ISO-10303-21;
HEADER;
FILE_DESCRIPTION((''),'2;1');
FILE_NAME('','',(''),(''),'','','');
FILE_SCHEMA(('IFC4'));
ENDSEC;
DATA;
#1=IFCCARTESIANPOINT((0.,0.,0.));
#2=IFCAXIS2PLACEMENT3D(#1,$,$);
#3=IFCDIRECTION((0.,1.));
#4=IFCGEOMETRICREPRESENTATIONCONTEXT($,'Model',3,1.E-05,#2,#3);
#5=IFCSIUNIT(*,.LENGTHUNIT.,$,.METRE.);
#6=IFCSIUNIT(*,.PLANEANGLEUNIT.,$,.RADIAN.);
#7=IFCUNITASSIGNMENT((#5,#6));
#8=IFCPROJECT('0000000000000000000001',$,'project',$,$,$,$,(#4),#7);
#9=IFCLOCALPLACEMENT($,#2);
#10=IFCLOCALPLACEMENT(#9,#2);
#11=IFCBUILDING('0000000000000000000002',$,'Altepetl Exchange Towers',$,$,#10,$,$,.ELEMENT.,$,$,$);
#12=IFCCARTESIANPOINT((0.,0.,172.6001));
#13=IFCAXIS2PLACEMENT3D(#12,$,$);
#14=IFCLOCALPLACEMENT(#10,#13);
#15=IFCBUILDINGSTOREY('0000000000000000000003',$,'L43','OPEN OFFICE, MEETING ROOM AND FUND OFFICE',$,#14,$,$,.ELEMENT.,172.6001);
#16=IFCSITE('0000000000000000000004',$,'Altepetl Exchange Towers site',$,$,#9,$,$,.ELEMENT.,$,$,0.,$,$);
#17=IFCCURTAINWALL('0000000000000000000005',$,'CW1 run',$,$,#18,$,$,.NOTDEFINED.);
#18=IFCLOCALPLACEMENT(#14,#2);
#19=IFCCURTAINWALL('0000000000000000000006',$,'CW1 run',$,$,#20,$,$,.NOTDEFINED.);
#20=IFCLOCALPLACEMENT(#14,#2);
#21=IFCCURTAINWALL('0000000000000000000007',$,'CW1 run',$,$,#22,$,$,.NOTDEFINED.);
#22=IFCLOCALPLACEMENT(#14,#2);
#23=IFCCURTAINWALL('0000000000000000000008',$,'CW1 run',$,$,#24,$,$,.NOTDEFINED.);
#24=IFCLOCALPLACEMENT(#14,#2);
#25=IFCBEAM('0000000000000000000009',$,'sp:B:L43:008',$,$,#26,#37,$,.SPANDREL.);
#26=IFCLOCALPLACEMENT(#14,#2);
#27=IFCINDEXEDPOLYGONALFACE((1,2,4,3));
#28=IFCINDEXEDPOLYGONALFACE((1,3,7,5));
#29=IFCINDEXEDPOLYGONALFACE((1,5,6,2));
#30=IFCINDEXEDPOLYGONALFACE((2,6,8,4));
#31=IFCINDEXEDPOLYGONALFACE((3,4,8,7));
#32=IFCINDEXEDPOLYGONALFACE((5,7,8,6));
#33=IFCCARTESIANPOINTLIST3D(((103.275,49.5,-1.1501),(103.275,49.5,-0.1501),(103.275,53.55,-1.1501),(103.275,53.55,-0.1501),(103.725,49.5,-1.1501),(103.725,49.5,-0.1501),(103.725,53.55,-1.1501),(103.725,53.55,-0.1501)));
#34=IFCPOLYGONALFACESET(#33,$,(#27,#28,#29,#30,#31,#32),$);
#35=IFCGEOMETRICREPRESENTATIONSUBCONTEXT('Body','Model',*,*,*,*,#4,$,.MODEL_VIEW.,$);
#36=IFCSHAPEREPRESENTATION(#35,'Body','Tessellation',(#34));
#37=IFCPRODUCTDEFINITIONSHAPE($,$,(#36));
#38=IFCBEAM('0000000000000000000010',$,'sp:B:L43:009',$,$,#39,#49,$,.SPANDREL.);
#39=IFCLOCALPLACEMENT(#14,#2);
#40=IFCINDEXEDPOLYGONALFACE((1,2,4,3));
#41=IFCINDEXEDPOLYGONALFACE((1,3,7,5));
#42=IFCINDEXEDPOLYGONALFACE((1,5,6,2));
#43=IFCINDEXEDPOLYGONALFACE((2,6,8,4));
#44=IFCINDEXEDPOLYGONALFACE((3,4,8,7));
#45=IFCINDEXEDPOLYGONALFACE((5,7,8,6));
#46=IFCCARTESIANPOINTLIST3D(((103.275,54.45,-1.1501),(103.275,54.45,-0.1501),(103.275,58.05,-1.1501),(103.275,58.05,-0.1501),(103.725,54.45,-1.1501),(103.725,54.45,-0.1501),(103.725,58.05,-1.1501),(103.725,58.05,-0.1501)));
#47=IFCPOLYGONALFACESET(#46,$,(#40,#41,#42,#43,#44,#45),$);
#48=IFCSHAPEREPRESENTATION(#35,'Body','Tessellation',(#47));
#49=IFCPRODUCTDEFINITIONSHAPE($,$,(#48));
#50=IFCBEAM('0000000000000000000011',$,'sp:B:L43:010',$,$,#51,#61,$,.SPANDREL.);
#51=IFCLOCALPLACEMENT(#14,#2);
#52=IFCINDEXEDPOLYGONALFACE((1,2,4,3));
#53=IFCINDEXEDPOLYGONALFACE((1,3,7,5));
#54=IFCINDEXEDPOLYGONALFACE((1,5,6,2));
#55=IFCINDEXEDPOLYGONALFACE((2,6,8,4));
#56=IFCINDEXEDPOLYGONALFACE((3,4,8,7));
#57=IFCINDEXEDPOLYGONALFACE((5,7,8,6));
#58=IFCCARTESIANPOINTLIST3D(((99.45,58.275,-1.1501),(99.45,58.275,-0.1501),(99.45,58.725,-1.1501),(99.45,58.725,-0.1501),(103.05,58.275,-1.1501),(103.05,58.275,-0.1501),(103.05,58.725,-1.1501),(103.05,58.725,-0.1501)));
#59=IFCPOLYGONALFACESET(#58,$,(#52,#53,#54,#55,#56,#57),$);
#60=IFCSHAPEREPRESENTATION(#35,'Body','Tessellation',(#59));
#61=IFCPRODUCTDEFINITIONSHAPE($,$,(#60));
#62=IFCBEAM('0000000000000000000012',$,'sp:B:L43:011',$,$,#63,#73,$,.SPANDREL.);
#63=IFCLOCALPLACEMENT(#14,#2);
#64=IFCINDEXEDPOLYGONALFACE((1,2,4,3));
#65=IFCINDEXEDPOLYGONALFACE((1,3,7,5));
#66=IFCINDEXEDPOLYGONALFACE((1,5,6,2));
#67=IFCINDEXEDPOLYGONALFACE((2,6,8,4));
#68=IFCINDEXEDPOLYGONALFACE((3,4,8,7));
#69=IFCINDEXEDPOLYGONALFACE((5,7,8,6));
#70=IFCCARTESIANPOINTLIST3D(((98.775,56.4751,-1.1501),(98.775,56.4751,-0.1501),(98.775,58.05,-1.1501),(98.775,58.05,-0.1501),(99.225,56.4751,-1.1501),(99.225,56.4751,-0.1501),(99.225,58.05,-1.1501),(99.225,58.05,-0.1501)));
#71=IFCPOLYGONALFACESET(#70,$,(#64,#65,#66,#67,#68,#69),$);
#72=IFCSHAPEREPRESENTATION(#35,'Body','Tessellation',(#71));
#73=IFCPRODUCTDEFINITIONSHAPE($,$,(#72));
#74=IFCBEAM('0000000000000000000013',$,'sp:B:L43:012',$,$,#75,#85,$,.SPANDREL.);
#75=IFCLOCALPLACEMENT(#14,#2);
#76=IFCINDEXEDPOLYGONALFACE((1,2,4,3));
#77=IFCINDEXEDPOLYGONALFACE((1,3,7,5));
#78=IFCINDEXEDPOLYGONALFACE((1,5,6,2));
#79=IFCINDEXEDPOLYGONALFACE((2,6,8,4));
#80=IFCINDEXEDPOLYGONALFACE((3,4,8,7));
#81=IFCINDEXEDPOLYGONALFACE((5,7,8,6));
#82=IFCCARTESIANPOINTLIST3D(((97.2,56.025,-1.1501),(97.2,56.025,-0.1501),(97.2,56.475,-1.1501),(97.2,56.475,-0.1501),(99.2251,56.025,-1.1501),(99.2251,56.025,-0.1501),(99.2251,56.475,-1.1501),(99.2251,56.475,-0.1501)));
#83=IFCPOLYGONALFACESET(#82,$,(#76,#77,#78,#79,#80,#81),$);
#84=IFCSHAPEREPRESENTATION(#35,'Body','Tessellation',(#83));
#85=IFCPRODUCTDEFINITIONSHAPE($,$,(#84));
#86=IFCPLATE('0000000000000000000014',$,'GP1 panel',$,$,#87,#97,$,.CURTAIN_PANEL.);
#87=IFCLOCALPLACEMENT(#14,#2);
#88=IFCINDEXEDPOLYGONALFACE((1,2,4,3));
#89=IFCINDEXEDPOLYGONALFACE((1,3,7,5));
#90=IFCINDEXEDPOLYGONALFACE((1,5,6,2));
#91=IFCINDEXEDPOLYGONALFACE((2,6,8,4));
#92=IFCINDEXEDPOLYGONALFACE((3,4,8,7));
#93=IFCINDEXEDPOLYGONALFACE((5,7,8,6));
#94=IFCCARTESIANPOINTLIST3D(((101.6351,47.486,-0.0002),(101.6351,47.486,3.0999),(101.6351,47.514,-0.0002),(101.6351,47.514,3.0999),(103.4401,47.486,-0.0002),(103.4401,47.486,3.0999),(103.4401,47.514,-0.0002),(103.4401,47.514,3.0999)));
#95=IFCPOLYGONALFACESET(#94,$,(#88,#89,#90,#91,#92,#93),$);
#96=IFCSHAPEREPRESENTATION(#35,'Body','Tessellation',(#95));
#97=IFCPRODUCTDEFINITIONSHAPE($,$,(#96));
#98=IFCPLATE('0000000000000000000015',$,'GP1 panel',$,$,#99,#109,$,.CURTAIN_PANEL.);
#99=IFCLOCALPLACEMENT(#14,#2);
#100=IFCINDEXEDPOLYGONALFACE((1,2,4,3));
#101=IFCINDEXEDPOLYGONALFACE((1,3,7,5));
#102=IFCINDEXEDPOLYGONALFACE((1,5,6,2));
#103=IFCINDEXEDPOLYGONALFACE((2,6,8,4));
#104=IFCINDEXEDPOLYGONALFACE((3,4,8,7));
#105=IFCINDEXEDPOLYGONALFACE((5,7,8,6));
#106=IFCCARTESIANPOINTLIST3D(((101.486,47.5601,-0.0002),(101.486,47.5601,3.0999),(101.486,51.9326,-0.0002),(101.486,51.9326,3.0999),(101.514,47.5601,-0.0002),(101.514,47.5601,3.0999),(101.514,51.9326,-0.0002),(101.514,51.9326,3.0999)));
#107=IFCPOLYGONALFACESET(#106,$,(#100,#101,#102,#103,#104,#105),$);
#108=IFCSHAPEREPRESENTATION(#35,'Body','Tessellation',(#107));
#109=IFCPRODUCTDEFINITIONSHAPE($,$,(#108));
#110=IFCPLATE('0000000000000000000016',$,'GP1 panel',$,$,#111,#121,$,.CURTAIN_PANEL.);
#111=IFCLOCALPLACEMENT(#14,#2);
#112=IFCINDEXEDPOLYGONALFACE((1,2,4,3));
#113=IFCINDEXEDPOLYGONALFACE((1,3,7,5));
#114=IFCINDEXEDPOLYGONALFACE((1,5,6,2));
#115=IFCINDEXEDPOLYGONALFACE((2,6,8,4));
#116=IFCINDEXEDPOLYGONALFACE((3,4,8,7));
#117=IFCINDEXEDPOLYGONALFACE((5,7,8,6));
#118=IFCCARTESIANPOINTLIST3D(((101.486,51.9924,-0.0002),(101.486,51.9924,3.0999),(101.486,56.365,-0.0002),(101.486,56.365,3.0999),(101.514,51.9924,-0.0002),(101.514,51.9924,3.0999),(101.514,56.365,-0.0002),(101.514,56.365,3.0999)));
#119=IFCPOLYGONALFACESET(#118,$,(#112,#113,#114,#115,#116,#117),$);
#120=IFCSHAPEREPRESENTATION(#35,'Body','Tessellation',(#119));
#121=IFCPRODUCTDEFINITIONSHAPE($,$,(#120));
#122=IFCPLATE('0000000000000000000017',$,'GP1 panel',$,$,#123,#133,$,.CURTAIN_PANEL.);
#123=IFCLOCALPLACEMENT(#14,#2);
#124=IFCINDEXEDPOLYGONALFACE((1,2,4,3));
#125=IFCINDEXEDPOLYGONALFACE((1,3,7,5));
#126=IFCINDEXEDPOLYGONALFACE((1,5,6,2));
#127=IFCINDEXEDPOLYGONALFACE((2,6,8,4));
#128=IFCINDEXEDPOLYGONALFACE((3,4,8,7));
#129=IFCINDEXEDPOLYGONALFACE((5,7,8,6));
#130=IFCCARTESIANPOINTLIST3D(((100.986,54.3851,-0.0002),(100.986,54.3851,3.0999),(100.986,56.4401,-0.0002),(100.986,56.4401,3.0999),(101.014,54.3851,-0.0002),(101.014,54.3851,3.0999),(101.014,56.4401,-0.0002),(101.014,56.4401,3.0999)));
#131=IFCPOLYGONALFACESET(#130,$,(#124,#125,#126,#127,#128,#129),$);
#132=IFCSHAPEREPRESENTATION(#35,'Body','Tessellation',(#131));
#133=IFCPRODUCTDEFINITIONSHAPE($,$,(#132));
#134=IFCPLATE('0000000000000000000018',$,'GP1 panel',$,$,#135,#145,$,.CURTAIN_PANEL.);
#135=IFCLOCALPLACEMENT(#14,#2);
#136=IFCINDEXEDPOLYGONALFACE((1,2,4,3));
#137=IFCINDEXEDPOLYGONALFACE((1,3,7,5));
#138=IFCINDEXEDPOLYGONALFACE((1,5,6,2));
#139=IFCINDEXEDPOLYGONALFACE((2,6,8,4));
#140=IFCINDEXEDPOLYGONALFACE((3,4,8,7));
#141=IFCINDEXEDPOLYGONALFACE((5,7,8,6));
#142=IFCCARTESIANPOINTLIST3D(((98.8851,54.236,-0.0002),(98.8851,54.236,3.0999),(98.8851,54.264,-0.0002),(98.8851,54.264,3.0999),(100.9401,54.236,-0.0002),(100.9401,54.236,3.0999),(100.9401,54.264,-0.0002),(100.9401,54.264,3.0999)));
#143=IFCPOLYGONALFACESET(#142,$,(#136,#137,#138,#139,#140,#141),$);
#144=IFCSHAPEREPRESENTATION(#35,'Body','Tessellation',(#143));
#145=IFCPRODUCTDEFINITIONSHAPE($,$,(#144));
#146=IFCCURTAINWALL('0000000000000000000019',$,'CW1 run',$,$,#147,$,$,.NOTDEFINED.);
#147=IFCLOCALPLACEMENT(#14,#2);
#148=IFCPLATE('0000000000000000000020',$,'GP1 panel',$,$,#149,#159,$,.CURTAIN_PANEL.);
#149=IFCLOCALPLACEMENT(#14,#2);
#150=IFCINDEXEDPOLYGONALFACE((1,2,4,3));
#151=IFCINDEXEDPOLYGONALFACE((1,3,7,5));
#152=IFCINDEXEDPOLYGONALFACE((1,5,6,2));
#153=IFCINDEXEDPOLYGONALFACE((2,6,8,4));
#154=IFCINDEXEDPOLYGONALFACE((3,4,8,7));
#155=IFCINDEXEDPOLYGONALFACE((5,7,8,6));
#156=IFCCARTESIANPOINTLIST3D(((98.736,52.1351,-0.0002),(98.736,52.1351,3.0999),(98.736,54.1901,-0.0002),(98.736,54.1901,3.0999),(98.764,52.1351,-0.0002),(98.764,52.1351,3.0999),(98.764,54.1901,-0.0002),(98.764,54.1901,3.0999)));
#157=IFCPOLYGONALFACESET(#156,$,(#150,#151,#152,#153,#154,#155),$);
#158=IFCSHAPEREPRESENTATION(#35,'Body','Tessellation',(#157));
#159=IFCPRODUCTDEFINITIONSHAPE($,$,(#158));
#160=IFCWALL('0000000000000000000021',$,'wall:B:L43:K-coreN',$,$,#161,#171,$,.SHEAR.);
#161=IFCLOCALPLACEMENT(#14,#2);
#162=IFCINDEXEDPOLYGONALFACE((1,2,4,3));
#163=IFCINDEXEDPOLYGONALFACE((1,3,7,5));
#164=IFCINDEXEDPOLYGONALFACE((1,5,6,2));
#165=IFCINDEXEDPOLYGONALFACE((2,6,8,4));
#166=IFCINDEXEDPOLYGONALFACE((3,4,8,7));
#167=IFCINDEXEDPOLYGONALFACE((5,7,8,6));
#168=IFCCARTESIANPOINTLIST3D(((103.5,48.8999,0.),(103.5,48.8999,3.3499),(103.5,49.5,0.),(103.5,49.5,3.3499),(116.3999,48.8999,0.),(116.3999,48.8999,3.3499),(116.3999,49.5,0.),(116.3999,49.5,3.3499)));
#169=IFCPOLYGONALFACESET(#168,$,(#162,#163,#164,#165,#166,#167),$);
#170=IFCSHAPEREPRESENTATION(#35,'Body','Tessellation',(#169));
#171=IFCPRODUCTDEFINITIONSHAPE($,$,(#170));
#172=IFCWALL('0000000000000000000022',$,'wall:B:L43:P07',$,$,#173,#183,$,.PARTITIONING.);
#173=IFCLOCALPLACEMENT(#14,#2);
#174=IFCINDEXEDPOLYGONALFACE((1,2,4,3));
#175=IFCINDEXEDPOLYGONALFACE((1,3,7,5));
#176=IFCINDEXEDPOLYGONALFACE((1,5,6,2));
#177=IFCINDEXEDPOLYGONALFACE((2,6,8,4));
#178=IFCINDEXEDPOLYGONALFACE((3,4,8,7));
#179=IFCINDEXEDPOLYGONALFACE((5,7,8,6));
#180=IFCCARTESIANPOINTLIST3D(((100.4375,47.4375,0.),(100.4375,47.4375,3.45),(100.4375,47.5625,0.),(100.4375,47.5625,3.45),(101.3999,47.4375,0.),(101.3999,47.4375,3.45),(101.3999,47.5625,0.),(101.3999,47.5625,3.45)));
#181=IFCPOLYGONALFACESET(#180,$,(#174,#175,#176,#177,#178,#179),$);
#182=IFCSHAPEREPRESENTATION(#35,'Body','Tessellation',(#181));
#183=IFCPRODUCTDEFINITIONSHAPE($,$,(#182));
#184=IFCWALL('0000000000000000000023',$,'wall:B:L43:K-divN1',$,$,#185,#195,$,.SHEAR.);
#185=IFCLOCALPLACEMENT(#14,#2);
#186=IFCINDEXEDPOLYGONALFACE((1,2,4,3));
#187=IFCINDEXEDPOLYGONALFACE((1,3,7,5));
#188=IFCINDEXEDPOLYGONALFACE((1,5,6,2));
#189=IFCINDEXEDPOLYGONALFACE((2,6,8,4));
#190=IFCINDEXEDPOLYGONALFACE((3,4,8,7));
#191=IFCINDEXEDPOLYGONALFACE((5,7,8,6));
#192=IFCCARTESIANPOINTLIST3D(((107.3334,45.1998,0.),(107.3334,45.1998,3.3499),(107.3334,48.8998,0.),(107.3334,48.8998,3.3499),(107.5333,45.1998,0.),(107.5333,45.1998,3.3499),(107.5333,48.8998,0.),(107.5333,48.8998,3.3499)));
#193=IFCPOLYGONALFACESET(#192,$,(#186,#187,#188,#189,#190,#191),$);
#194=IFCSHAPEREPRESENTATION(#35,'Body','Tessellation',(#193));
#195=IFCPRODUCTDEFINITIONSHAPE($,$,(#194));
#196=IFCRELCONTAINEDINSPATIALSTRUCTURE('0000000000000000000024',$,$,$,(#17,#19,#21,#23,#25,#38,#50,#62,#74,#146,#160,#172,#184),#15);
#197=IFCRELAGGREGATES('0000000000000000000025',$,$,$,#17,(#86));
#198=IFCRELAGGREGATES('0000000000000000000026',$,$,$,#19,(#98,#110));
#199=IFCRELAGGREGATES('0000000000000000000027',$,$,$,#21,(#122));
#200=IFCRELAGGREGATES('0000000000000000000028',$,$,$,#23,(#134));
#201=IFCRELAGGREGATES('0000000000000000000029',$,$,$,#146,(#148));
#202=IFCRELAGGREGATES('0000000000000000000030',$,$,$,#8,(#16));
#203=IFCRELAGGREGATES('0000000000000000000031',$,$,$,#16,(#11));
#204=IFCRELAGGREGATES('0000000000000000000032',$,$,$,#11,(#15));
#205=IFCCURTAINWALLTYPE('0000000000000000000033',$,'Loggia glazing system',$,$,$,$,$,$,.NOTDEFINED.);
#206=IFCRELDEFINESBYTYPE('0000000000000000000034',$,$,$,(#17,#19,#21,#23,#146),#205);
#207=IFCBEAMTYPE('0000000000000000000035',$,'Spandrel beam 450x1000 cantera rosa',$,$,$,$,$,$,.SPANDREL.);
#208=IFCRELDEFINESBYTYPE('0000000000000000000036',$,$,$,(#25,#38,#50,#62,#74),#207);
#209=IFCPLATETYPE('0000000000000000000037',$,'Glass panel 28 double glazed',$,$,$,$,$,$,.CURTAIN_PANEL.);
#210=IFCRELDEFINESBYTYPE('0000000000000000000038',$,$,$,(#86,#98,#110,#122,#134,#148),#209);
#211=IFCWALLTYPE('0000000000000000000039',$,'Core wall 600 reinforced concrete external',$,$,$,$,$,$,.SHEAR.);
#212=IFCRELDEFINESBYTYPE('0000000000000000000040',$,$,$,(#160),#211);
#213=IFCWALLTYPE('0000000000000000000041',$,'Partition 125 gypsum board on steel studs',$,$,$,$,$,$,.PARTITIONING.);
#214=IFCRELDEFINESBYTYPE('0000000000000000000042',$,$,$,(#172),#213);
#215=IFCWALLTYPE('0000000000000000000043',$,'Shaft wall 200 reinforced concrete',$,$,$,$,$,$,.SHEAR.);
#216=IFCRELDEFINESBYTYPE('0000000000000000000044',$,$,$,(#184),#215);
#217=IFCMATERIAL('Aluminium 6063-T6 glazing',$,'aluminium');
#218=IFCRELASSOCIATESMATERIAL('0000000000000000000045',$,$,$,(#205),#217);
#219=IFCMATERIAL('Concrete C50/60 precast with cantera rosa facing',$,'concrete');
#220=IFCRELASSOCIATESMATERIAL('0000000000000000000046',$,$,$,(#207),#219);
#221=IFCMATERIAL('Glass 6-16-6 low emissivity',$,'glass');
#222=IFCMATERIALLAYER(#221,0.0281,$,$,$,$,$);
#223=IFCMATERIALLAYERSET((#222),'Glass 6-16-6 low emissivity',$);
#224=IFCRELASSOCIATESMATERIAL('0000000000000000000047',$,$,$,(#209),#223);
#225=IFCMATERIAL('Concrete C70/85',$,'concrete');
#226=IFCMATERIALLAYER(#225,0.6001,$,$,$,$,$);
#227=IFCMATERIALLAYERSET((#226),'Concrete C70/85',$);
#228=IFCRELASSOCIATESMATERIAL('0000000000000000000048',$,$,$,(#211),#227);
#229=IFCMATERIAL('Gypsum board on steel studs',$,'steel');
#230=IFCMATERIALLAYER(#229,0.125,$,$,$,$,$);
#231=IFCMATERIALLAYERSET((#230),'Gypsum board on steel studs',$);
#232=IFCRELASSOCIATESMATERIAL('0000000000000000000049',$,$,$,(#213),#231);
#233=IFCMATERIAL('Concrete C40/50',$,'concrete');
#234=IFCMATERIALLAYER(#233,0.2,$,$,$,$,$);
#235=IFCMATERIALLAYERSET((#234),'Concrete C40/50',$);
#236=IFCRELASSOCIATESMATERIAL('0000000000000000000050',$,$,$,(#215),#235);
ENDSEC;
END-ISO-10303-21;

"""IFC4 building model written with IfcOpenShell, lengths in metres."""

from ifc_helpers import new_model, si_unit, direction, frame, frame_2d, origin, origin_2d, place, context, subcontext, project, spatial, rectangle, extrude, material, layer, layer_set, material_profile, profile_set, type_object, element, aggregate, save


model = new_model("IFC4")

# Units and contexts
model_context = context("Model", 3, precision=1e-05, world=origin(), true_north=direction((0.0, 1.0)))
body_context = subcontext(model_context, "Body", "Model", "MODEL_VIEW")
ifc_project = project(units=[si_unit("LENGTHUNIT", "METRE"), si_unit("PLANEANGLEUNIT", "RADIAN")], contexts=[model_context])

# Site, building, storey
site_placement = place(None, origin())
site = spatial("IfcSite", under=ifc_project, at=site_placement, Name="Altepetl Exchange Towers site", CompositionType="ELEMENT", RefElevation=0.0)
building_placement = place(site_placement, origin())
building = spatial("IfcBuilding", under=site, at=building_placement, Name="Altepetl Exchange Towers", CompositionType="ELEMENT")
storey_placement = place(building_placement, frame((0.0, 0.0, 172.6001)))
storey = spatial("IfcBuildingStorey", under=building, at=storey_placement, Name="L43", Description="OPEN OFFICE, MEETING ROOM AND FUND OFFICE", CompositionType="ELEMENT", Elevation=172.6001)

# Curtain walls
ifc_material_1 = material(Name="Aluminium 6063-T6 glazing", Category="aluminium")
curtain_wall_type = type_object("IfcCurtainWallType", Name="Loggia glazing system", PredefinedType="NOTDEFINED", material=ifc_material_1)
curtain_wall_1_placement = place(storey_placement, origin())
curtain_wall_1 = element("IfcCurtainWall", 1, at=curtain_wall_1_placement, inside=storey, type_object=curtain_wall_type, Name="CW1 run", PredefinedType="NOTDEFINED")
curtain_wall_2_placement = place(storey_placement, origin())
curtain_wall_2 = element("IfcCurtainWall", 2, at=curtain_wall_2_placement, inside=storey, type_object=curtain_wall_type, Name="CW1 run", PredefinedType="NOTDEFINED")
curtain_wall_3_placement = place(storey_placement, origin())
curtain_wall_3 = element("IfcCurtainWall", 3, at=curtain_wall_3_placement, inside=storey, type_object=curtain_wall_type, Name="CW1 run", PredefinedType="NOTDEFINED")
curtain_wall_4_placement = place(storey_placement, origin())
curtain_wall_4 = element("IfcCurtainWall", 4, at=curtain_wall_4_placement, inside=storey, type_object=curtain_wall_type, Name="CW1 run", PredefinedType="NOTDEFINED")

# Beams
ifc_material_2 = material(Name="Concrete C50/60 precast with cantera rosa facing", Category="concrete")
ifc_material_profile_1 = material_profile(ifc_material_2, rectangle(XDim=0.45, YDim=1.0, at=origin_2d()), Name="450 x 1000")
ifc_profile_set_1 = profile_set([ifc_material_profile_1], Name="Concrete C50/60 precast with cantera rosa facing")
beam_type = type_object("IfcBeamType", Name="Spandrel beam 450x1000 cantera rosa", PredefinedType="SPANDREL", material=ifc_profile_set_1)
beam_1_placement = place(storey_placement, frame((103.5, 49.5, -0.6501), z_axis=(0.0, 1.0, 0.0), x_axis=(-1.0, 0.0, 0.0)))
element("IfcBeam", 5, at=beam_1_placement, inside=storey, type_object=beam_type, Name="sp:B:L43:008", PredefinedType="SPANDREL", context=body_context, shape_type="SweptSolid", body=[
    extrude(rectangle(XDim=0.45, YDim=1.0, at=origin_2d()), origin(), (0.0, 0.0, 1.0), 4.05),
])
for number, where, z_axis, x_axis, name in (
    (6, (103.5, 54.45, -0.6501), (0.0, 1.0, 0.0), (-1.0, 0.0, 0.0), "sp:B:L43:009"),
    (7, (103.05, 58.5, -0.6501), (-1.0, 0.0, 0.0), (0.0, -1.0, 0.0), "sp:B:L43:010"),
):
    element("IfcBeam", number, at=place(storey_placement, frame(where, z_axis=z_axis, x_axis=x_axis)), inside=storey, type_object=beam_type, Name=name, PredefinedType="SPANDREL", context=body_context, shape_type="SweptSolid", body=[
        extrude(rectangle(XDim=0.45, YDim=1.0, at=origin_2d()), origin(), (0.0, 0.0, 1.0), 3.6001),
    ])
beam_2_placement = place(storey_placement, frame((99.0, 58.05, -0.6501), z_axis=(0.0, -1.0, 0.0), x_axis=(1.0, 0.0, 0.0)))
element("IfcBeam", 8, at=beam_2_placement, inside=storey, type_object=beam_type, Name="sp:B:L43:011", PredefinedType="SPANDREL", context=body_context, shape_type="SweptSolid", body=[
    extrude(rectangle(XDim=0.45, YDim=1.0, at=origin_2d()), origin(), (0.0, 0.0, 1.0), 1.575),
])
beam_3_placement = place(storey_placement, frame((99.2251, 56.25, -0.6501), z_axis=(-1.0, 0.0, 0.0), x_axis=(0.0, -1.0, 0.0)))
element("IfcBeam", 9, at=beam_3_placement, inside=storey, type_object=beam_type, Name="sp:B:L43:012", PredefinedType="SPANDREL", context=body_context, shape_type="SweptSolid", body=[
    extrude(rectangle(XDim=0.45, YDim=1.0, at=origin_2d()), origin(), (0.0, 0.0, 1.0), 2.0251),
])

# Plates
ifc_material_3 = material(Name="Glass 6-16-6 low emissivity", Category="glass")
ifc_layer_1 = layer(ifc_material_3, 0.0281)
ifc_layer_set_1 = layer_set([ifc_layer_1], Name="Glass 6-16-6 low emissivity")
plate_type = type_object("IfcPlateType", Name="Glass panel 28 double glazed", PredefinedType="CURTAIN_PANEL", material=ifc_layer_set_1)
plate_1_placement = place(storey_placement, frame((102.5376, 47.5, -0.0002), z_axis=(0.0, 0.0, 1.0), x_axis=(-1.0, 0.0, 0.0)))
plate_1 = element("IfcPlate", 10, at=plate_1_placement, type_object=plate_type, Name="GP1 panel", PredefinedType="CURTAIN_PANEL", context=body_context, shape_type="SweptSolid", body=[
    extrude(rectangle(XDim=1.8049, YDim=0.0281, at=origin_2d()), origin(), (0.0, 0.0, 1.0), 3.1001),
])
aggregate(curtain_wall_1, [plate_1])
plate_2_placement = place(storey_placement, frame((101.5, 49.7463, -0.0002), z_axis=(0.0, 0.0, 1.0), x_axis=(0.0, 1.0, 0.0)))
plate_2 = element("IfcPlate", 11, at=plate_2_placement, type_object=plate_type, Name="GP1 panel", PredefinedType="CURTAIN_PANEL", context=body_context, shape_type="SweptSolid", body=[
    extrude(rectangle(XDim=4.3726, YDim=0.0281, at=origin_2d()), origin(), (0.0, 0.0, 1.0), 3.1001),
])
plate_3_placement = place(storey_placement, frame((101.5, 54.1787, -0.0002), z_axis=(0.0, 0.0, 1.0), x_axis=(0.0, 1.0, 0.0)))
plate_3 = element("IfcPlate", 12, at=plate_3_placement, type_object=plate_type, Name="GP1 panel", PredefinedType="CURTAIN_PANEL", context=body_context, shape_type="SweptSolid", body=[
    extrude(rectangle(XDim=4.3726, YDim=0.0281, at=origin_2d()), origin(), (0.0, 0.0, 1.0), 3.1001),
])
aggregate(curtain_wall_2, [plate_2, plate_3])
plate_4_placement = place(storey_placement, frame((101.0, 55.4126, -0.0002), z_axis=(0.0, 0.0, 1.0), x_axis=(0.0, -1.0, 0.0)))
plate_4 = element("IfcPlate", 13, at=plate_4_placement, type_object=plate_type, Name="GP1 panel", PredefinedType="CURTAIN_PANEL", context=body_context, shape_type="SweptSolid", body=[
    extrude(rectangle(XDim=2.0549, YDim=0.0281, at=origin_2d()), origin(), (0.0, 0.0, 1.0), 3.1001),
])
aggregate(curtain_wall_3, [plate_4])
plate_5_placement = place(storey_placement, frame((99.9126, 54.25, -0.0002), z_axis=(0.0, 0.0, 1.0), x_axis=(-1.0, 0.0, 0.0)))
plate_5 = element("IfcPlate", 14, at=plate_5_placement, type_object=plate_type, Name="GP1 panel", PredefinedType="CURTAIN_PANEL", context=body_context, shape_type="SweptSolid", body=[
    extrude(rectangle(XDim=2.0549, YDim=0.0281, at=origin_2d()), origin(), (0.0, 0.0, 1.0), 3.1001),
])
aggregate(curtain_wall_4, [plate_5])

# Curtain wall, plate
curtain_wall_5_placement = place(storey_placement, origin())
curtain_wall_5 = element("IfcCurtainWall", 15, at=curtain_wall_5_placement, inside=storey, type_object=curtain_wall_type, Name="CW1 run", PredefinedType="NOTDEFINED")
plate_6_placement = place(storey_placement, frame((98.75, 53.1626, -0.0002), z_axis=(0.0, 0.0, 1.0), x_axis=(0.0, -1.0, 0.0)))
plate_6 = element("IfcPlate", 16, at=plate_6_placement, type_object=plate_type, Name="GP1 panel", PredefinedType="CURTAIN_PANEL", context=body_context, shape_type="SweptSolid", body=[
    extrude(rectangle(XDim=2.0549, YDim=0.0281, at=origin_2d()), origin(), (0.0, 0.0, 1.0), 3.1001),
])
aggregate(curtain_wall_5, [plate_6])

# Walls
ifc_material_4 = material(Name="Concrete C70/85", Category="concrete")
ifc_layer_2 = layer(ifc_material_4, 0.6001)
ifc_layer_set_2 = layer_set([ifc_layer_2], Name="Concrete C70/85")
wall_type_1 = type_object("IfcWallType", Name="Core wall 600 reinforced concrete external", PredefinedType="SHEAR", material=ifc_layer_set_2)
wall_1_placement = place(storey_placement, frame((103.5, 49.2, 0.0)))
element("IfcWall", 17, at=wall_1_placement, inside=storey, type_object=wall_type_1, Name="wall:B:L43:K-coreN", PredefinedType="SHEAR", context=body_context, shape_type="SweptSolid", body=[
    extrude(rectangle(XDim=12.8999, YDim=0.6001, at=frame_2d((6.45, 0.0))), origin(), (0.0, 0.0, 1.0), 3.3499),
])
ifc_material_5 = material(Name="Gypsum board on steel studs", Category="steel")
ifc_layer_3 = layer(ifc_material_5, 0.125)
ifc_layer_set_3 = layer_set([ifc_layer_3], Name="Gypsum board on steel studs")
wall_type_2 = type_object("IfcWallType", Name="Partition 125 gypsum board on steel studs", PredefinedType="PARTITIONING", material=ifc_layer_set_3)
wall_2_placement = place(storey_placement, frame((100.4375, 47.5, 0.0)))
element("IfcWall", 18, at=wall_2_placement, inside=storey, type_object=wall_type_2, Name="wall:B:L43:P07", PredefinedType="PARTITIONING", context=body_context, shape_type="SweptSolid", body=[
    extrude(rectangle(XDim=0.9624, YDim=0.125, at=frame_2d((0.4812, 0.0))), origin(), (0.0, 0.0, 1.0), 3.45),
])
ifc_material_6 = material(Name="Concrete C40/50", Category="concrete")
ifc_layer_4 = layer(ifc_material_6, 0.2)
ifc_layer_set_4 = layer_set([ifc_layer_4], Name="Concrete C40/50")
wall_type_3 = type_object("IfcWallType", Name="Shaft wall 200 reinforced concrete", PredefinedType="SHEAR", material=ifc_layer_set_4)
wall_3_placement = place(storey_placement, frame((107.4333, 48.8999, 0.0), z_axis=(0.0, 0.0, 1.0), x_axis=(0.0, -1.0, 0.0)))
element("IfcWall", 19, at=wall_3_placement, inside=storey, type_object=wall_type_3, Name="wall:B:L43:K-divN1", PredefinedType="SHEAR", context=body_context, shape_type="SweptSolid", body=[
    extrude(rectangle(XDim=3.7, YDim=0.2, at=frame_2d((1.8501, 0.0))), origin(), (0.0, 0.0, 1.0), 3.3499),
])

save(model, "model.ifc")
